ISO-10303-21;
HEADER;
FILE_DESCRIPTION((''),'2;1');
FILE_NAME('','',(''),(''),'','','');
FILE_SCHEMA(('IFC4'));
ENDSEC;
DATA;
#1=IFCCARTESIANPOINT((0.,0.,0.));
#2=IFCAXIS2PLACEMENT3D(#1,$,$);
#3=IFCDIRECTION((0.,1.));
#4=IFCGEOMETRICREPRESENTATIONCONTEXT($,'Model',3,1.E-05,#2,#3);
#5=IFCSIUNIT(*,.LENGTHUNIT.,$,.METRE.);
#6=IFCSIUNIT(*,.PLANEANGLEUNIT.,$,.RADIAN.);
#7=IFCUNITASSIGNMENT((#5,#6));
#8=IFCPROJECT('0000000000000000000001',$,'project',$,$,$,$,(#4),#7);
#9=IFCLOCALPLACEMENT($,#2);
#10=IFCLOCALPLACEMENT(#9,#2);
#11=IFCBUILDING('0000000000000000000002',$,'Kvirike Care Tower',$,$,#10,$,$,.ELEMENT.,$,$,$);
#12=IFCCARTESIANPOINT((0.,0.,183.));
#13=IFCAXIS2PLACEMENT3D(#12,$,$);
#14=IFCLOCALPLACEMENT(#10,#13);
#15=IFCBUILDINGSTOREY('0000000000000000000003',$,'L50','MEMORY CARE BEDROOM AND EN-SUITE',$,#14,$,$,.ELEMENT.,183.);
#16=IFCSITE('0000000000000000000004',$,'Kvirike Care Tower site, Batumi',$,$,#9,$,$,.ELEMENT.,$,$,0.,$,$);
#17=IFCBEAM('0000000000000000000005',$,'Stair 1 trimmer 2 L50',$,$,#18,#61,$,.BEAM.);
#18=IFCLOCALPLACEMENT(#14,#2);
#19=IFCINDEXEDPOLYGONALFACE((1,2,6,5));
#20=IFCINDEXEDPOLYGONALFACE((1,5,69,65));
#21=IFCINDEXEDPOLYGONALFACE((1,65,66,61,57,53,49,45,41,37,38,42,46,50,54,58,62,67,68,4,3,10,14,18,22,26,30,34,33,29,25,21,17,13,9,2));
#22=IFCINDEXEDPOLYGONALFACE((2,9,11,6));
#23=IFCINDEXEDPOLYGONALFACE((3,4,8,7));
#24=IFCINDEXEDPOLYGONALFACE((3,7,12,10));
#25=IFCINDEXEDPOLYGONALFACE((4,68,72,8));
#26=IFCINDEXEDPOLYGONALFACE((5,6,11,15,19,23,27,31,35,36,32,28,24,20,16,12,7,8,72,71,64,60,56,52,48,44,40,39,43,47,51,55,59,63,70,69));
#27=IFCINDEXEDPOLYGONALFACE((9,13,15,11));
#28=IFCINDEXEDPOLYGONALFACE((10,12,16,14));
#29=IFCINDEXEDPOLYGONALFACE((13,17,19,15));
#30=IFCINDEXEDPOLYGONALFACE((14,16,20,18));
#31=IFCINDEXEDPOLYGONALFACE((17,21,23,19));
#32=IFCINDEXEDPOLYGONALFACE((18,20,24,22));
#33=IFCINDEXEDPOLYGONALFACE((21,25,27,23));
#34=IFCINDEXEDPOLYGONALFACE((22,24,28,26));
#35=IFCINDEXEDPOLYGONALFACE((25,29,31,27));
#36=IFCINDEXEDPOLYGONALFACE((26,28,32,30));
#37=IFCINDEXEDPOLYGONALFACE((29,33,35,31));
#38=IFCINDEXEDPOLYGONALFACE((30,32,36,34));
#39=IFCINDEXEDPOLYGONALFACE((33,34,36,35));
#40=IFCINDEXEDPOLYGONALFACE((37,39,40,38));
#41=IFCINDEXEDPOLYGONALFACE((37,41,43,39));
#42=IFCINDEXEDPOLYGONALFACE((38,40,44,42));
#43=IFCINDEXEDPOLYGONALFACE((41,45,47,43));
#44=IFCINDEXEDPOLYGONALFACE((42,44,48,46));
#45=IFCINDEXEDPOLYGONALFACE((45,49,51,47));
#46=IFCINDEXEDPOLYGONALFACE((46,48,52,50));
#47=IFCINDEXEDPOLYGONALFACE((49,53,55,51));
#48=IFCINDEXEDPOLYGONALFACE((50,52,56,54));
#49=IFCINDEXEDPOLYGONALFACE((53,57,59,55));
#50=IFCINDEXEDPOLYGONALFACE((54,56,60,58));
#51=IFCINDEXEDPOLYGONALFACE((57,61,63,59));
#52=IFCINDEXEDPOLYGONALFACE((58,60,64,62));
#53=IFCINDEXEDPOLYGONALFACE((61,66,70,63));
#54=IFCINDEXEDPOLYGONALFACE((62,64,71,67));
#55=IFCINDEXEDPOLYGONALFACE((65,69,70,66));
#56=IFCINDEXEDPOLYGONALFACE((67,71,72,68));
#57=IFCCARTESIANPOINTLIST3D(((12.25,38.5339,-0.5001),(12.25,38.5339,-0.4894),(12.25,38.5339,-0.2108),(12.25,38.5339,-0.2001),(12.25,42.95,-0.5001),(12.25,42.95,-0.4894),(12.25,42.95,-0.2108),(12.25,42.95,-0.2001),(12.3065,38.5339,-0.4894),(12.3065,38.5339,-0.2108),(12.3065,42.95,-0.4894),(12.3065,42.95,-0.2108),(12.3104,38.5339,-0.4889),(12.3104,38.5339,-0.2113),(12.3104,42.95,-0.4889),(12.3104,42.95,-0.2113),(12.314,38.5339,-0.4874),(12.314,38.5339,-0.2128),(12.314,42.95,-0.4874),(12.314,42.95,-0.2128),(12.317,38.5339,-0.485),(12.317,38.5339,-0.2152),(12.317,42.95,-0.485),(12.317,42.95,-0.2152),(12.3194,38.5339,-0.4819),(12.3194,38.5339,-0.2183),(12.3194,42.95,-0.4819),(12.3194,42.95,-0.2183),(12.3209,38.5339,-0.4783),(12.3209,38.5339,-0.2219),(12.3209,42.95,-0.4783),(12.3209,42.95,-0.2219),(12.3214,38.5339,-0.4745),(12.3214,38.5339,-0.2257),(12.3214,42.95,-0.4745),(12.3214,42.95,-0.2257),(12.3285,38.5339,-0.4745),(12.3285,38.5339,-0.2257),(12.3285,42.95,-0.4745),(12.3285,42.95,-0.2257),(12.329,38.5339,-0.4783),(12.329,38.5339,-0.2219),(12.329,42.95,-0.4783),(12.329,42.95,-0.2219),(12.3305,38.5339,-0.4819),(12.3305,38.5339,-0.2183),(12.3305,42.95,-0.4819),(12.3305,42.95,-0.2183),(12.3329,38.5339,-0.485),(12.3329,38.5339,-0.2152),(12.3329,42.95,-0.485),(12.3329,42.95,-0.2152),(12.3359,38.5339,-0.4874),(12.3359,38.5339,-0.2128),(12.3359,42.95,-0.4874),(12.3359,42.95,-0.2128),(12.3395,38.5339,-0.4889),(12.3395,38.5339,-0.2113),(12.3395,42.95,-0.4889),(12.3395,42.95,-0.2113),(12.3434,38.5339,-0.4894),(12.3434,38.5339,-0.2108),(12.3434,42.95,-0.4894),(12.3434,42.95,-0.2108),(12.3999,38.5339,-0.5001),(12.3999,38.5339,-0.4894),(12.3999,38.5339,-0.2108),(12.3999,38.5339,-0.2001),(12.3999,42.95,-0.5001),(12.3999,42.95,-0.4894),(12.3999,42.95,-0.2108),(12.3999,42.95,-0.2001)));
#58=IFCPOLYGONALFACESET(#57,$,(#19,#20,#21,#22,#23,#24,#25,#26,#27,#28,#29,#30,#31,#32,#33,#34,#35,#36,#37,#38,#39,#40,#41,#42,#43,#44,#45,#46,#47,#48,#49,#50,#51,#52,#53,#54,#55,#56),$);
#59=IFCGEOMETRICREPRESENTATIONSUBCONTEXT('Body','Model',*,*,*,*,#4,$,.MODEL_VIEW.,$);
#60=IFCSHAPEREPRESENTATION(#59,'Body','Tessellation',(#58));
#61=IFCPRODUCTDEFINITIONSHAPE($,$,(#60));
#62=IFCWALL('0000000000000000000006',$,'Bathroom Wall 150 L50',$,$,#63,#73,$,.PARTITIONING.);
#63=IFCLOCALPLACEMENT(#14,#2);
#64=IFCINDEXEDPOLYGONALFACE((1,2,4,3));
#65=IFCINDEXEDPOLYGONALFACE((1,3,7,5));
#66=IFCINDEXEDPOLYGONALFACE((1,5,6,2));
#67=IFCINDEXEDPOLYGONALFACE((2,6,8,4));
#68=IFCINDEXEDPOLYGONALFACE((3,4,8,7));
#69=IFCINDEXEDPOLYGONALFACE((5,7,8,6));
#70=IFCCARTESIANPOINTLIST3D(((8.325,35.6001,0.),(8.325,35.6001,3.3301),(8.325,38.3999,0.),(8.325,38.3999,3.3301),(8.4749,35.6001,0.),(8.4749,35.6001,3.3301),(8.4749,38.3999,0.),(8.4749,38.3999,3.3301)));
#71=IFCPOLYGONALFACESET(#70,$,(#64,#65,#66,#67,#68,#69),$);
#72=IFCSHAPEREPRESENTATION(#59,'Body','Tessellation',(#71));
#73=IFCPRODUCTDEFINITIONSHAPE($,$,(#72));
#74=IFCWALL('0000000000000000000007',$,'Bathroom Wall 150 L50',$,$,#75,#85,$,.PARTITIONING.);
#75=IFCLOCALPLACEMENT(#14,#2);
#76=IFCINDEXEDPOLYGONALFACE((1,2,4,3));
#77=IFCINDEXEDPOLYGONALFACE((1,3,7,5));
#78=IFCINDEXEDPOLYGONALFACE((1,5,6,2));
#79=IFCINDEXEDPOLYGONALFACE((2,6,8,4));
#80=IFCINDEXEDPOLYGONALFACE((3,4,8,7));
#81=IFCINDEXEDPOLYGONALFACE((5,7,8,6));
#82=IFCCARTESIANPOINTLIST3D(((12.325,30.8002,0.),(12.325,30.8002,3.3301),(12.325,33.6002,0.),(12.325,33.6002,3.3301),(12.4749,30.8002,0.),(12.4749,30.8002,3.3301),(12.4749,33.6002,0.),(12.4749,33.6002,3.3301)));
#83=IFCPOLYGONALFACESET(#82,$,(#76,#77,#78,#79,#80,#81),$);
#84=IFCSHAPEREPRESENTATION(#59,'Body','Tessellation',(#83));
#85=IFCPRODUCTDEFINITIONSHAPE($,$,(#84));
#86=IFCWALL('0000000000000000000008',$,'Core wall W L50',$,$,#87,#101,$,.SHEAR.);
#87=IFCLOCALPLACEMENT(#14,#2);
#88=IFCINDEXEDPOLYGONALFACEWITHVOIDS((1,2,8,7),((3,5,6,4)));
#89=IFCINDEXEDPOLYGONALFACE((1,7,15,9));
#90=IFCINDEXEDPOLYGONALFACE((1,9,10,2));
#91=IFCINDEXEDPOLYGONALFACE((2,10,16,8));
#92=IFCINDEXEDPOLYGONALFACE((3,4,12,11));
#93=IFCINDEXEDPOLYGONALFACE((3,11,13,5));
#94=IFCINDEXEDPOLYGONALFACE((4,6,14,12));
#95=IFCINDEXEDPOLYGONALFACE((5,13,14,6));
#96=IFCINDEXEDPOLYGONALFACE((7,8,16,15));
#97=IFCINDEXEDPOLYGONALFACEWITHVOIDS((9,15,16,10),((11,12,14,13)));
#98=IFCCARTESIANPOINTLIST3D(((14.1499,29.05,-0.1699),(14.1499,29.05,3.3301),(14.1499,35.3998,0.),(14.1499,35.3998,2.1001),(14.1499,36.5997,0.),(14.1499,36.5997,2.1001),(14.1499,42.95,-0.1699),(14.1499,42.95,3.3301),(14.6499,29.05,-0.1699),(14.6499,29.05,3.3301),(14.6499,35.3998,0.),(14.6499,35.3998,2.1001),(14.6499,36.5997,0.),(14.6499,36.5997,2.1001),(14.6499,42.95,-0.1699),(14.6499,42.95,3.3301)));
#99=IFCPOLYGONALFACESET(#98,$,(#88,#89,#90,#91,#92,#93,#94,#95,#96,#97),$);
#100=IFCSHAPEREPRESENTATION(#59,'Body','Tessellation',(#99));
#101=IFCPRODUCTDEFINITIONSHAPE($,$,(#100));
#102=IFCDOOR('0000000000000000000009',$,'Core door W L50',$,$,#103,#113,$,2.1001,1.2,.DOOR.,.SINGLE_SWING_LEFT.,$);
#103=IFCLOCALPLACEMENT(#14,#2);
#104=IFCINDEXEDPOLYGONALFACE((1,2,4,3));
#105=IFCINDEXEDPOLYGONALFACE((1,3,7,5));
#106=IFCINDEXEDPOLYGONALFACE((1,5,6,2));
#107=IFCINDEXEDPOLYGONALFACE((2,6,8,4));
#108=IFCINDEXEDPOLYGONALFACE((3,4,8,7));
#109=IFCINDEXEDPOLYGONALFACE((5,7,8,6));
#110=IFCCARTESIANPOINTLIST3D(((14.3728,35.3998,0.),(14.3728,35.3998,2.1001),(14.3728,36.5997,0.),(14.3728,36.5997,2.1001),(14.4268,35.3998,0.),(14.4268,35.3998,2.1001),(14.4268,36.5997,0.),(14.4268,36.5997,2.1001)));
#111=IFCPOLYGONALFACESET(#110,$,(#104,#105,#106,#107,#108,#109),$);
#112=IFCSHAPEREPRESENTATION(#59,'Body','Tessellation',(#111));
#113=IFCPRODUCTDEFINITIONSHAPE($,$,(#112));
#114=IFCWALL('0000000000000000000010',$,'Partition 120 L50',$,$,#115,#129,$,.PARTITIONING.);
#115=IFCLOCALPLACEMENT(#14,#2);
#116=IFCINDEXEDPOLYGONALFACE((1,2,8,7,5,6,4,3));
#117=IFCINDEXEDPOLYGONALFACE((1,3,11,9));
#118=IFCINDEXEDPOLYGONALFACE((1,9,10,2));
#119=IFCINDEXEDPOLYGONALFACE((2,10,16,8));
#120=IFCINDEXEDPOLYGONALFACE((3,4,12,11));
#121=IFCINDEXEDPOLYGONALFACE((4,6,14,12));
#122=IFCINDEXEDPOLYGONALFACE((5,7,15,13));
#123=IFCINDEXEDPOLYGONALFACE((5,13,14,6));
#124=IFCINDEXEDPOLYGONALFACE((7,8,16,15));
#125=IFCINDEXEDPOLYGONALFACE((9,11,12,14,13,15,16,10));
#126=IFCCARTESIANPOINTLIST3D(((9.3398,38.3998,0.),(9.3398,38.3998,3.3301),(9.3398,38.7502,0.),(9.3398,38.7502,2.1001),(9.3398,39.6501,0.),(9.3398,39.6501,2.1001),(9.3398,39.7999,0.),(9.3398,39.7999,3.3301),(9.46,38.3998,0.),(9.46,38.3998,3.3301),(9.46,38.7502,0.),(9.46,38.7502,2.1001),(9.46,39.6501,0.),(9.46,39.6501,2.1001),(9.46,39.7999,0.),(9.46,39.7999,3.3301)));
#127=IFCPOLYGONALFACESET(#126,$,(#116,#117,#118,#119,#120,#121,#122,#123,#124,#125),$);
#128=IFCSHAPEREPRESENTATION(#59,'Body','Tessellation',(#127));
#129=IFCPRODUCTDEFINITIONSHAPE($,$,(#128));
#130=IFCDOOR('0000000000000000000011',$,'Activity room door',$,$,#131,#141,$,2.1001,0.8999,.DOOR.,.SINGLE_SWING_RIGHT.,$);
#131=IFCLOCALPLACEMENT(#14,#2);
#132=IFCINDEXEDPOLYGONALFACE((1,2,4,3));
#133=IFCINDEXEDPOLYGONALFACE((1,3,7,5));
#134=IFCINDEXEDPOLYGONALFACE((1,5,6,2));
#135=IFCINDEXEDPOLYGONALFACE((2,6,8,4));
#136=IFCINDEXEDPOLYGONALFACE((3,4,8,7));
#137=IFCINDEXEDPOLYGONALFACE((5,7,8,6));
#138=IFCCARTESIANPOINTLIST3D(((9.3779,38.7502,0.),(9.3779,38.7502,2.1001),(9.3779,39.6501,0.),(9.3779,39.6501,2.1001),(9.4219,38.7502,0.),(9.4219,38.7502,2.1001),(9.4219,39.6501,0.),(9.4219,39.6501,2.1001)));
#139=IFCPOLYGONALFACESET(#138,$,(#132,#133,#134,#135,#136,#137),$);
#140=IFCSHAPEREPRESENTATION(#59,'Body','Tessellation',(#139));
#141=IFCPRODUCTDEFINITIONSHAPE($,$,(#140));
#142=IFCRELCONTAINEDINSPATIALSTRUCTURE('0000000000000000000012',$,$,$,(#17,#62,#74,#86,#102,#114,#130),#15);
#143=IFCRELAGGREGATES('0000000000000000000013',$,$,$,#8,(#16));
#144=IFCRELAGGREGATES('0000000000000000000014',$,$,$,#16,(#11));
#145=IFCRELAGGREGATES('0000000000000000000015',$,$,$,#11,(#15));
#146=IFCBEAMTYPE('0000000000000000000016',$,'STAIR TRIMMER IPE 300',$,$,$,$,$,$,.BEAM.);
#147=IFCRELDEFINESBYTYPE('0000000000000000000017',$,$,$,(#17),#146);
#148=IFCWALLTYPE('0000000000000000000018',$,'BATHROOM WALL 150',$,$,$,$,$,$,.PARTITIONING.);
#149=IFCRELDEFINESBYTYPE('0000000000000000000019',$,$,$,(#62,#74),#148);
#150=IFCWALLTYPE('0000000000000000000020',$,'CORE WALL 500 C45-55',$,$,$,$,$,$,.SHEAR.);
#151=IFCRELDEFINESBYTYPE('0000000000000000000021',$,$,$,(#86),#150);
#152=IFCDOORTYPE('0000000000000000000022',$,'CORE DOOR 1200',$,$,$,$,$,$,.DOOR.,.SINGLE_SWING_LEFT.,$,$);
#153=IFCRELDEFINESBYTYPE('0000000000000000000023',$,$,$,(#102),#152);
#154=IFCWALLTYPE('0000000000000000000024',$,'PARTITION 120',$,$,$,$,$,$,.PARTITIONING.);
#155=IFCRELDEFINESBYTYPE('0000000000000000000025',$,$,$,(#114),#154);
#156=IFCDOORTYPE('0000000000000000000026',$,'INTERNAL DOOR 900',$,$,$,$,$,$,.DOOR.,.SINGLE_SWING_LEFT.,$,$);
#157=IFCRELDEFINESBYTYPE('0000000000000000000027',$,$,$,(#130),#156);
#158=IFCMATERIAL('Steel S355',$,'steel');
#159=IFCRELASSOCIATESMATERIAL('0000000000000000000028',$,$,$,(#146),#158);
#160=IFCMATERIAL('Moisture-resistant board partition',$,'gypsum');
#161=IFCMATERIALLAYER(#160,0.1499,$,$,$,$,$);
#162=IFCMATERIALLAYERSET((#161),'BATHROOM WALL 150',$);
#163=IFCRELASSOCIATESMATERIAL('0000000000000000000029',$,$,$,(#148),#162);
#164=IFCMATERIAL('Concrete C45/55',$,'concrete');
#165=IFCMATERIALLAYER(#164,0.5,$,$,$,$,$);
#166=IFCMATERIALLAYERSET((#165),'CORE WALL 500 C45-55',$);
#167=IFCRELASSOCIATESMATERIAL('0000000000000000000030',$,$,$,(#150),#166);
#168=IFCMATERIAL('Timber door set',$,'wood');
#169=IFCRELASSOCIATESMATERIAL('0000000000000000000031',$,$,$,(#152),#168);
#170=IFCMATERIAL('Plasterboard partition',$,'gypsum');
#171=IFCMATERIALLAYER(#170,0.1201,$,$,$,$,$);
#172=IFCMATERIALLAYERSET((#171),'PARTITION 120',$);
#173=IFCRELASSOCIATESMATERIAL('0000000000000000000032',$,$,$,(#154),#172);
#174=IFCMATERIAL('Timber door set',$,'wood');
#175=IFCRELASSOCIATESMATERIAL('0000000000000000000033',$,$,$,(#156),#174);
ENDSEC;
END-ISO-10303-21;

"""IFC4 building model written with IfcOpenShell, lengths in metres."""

from ifc_helpers import new_model, si_unit, direction, frame, frame_2d, origin, origin_2d, place, context, subcontext, project, spatial, rectangle, i_section, extrude, material, layer, layer_set, material_profile, profile_set, type_object, element, fill, save


model = new_model("IFC4")

# Units and contexts
model_context = context("Model", 3, precision=1e-05, world=origin(), true_north=direction((0.0, 1.0)))
body_context = subcontext(model_context, "Body", "Model", "MODEL_VIEW")
ifc_project = project(units=[si_unit("LENGTHUNIT", "METRE"), si_unit("PLANEANGLEUNIT", "RADIAN")], contexts=[model_context])

# Site, building, storey
site_placement = place(None, origin())
site = spatial("IfcSite", under=ifc_project, at=site_placement, Name="Kvirike Care Tower site, Batumi", CompositionType="ELEMENT", RefElevation=0.0)
building_placement = place(site_placement, origin())
building = spatial("IfcBuilding", under=site, at=building_placement, Name="Kvirike Care Tower", CompositionType="ELEMENT")
storey_placement = place(building_placement, frame((0.0, 0.0, 183.0)))
storey = spatial("IfcBuildingStorey", under=building, at=storey_placement, Name="L50", Description="MEMORY CARE BEDROOM AND EN-SUITE", CompositionType="ELEMENT", Elevation=183.0)

# Beam
ifc_material_1 = material(Name="Steel S355", Category="steel")
ifc_material_profile_1 = material_profile(ifc_material_1, i_section(OverallWidth=0.1499, OverallDepth=0.3, WebThickness=0.0071, FlangeThickness=0.0107, FilletRadius=0.0149, at=origin_2d()), Name="IPE 300")
ifc_profile_set_1 = profile_set([ifc_material_profile_1], Name="Steel S355")
beam_type_1 = type_object("IfcBeamType", Name="STAIR TRIMMER IPE 300", PredefinedType="BEAM", material=ifc_profile_set_1)
for number, where, z_axis, x_axis, name in (
    (1, (12.325, 42.95, -0.3501), (0.0, -1.0, 0.0), (1.0, 0.0, 0.0), "Stair 1 trimmer 2 L50"),
):
    element("IfcBeam", number, at=place(storey_placement, frame(where, z_axis=z_axis, x_axis=x_axis)), inside=storey, type_object=beam_type_1, Name=name, PredefinedType="BEAM", context=body_context, shape_type="SweptSolid", body=[
        extrude(i_section(OverallWidth=0.1499, OverallDepth=0.3, WebThickness=0.0071, FlangeThickness=0.0107, FilletRadius=0.0149, at=origin_2d()), origin(), (0.0, 0.0, 1.0), 4.416),
    ])

# Walls
ifc_material_2 = material(Name="Moisture-resistant board partition", Category="gypsum")
ifc_layer_1 = layer(ifc_material_2, 0.1499)
ifc_layer_set_1 = layer_set([ifc_layer_1], Name="BATHROOM WALL 150")
wall_type_1 = type_object("IfcWallType", Name="BATHROOM WALL 150", PredefinedType="PARTITIONING", material=ifc_layer_set_1)
wall_1_placement = place(storey_placement, frame((8.3999, 38.3999, 0.0), z_axis=(0.0, 0.0, 1.0), x_axis=(0.0, -1.0, 0.0)))
element("IfcWall", 2, at=wall_1_placement, inside=storey, type_object=wall_type_1, Name="Bathroom Wall 150 L50", PredefinedType="PARTITIONING", context=body_context, shape_type="SweptSolid", body=[
    extrude(rectangle(XDim=2.7998, YDim=0.1499, at=frame_2d((1.3999, 0.0))), origin(), (0.0, 0.0, 1.0), 3.3301),
])
wall_2_placement = place(storey_placement, frame((12.3999, 33.6001, 0.0), z_axis=(0.0, 0.0, 1.0), x_axis=(0.0, -1.0, 0.0)))
element("IfcWall", 3, at=wall_2_placement, inside=storey, type_object=wall_type_1, Name="Bathroom Wall 150 L50", PredefinedType="PARTITIONING", context=body_context, shape_type="SweptSolid", body=[
    extrude(rectangle(XDim=2.8, YDim=0.1499, at=frame_2d((1.3999, 0.0))), origin(), (0.0, 0.0, 1.0), 3.3301),
])

# Walls, openings, doors
ifc_material_3 = material(Name="Concrete C45/55", Category="concrete")
ifc_layer_2 = layer(ifc_material_3, 0.5)
ifc_layer_set_2 = layer_set([ifc_layer_2], Name="CORE WALL 500 C45-55")
wall_type_2 = type_object("IfcWallType", Name="CORE WALL 500 C45-55", PredefinedType="SHEAR", material=ifc_layer_set_2)
wall_3_placement = place(storey_placement, frame((14.3999, 42.95, -0.1699), z_axis=(0.0, 0.0, 1.0), x_axis=(0.0, -1.0, 0.0)))
wall_3 = element("IfcWall", 4, at=wall_3_placement, inside=storey, type_object=wall_type_2, Name="Core wall W L50", PredefinedType="SHEAR", context=body_context, shape_type="SweptSolid", body=[
    extrude(rectangle(XDim=13.8999, YDim=0.5, at=frame_2d((6.95, 0.0))), origin(), (0.0, 0.0, 1.0), 3.5),
])
opening_1_placement = place(wall_3_placement, frame((6.3501, 0.0, 0.1699)))
opening_1 = element("IfcOpeningElement", 5, at=opening_1_placement, cuts=wall_3, PredefinedType="OPENING", context=body_context, shape_type="SweptSolid", body=[
    extrude(rectangle(XDim=1.2, YDim=2.1001, at=frame_2d((0.6001, 1.05))), frame((0.0, 0.2605, 0.0), z_axis=(0.0, -1.0, 0.0), x_axis=(1.0, 0.0, 0.0)), (0.0, 0.0, 1.0), 0.521),
])
ifc_material_4 = material(Name="Timber door set", Category="wood")
door_type_1 = type_object("IfcDoorType", Name="CORE DOOR 1200", OperationType="SINGLE_SWING_LEFT", PredefinedType="DOOR", material=ifc_material_4)
door_1_placement = place(opening_1_placement, origin())
door_1 = element("IfcDoor", 6, at=door_1_placement, inside=storey, type_object=door_type_1, Name="Core door W L50", OperationType="SINGLE_SWING_LEFT", OverallHeight=2.1001, OverallWidth=1.2, PredefinedType="DOOR", context=body_context, shape_type="SweptSolid", body=[
    extrude(rectangle(XDim=1.2, YDim=2.1001, at=frame_2d((0.6001, 1.05))), frame((0.0, 0.0269, 0.0), z_axis=(0.0, -1.0, 0.0), x_axis=(1.0, 0.0, 0.0)), (0.0, 0.0, 1.0), 0.054),
])
fill(opening_1, door_1)
ifc_material_5 = material(Name="Plasterboard partition", Category="gypsum")
ifc_layer_3 = layer(ifc_material_5, 0.1201)
ifc_layer_set_3 = layer_set([ifc_layer_3], Name="PARTITION 120")
wall_type_3 = type_object("IfcWallType", Name="PARTITION 120", PredefinedType="PARTITIONING", material=ifc_layer_set_3)
wall_4_placement = place(storey_placement, frame((9.3999, 39.8, 0.0), z_axis=(0.0, 0.0, 1.0), x_axis=(0.0, -1.0, 0.0)))
wall_4 = element("IfcWall", 7, at=wall_4_placement, inside=storey, type_object=wall_type_3, Name="Partition 120 L50", PredefinedType="PARTITIONING", context=body_context, shape_type="SweptSolid", body=[
    extrude(rectangle(XDim=1.4001, YDim=0.1201, at=frame_2d((0.7002, 0.0))), origin(), (0.0, 0.0, 1.0), 3.3301),
])
opening_2_placement = place(wall_4_placement, frame((0.1499, 0.0, 0.0)))
opening_2 = element("IfcOpeningElement", 8, at=opening_2_placement, cuts=wall_4, PredefinedType="OPENING", context=body_context, shape_type="SweptSolid", body=[
    extrude(rectangle(XDim=0.8999, YDim=2.1001, at=frame_2d((0.45, 1.05))), frame((0.0, 0.0706, 0.0), z_axis=(0.0, -1.0, 0.0), x_axis=(1.0, 0.0, 0.0)), (0.0, 0.0, 1.0), 0.1411),
])
ifc_material_6 = material(Name="Timber door set", Category="wood")
door_type_2 = type_object("IfcDoorType", Name="INTERNAL DOOR 900", OperationType="SINGLE_SWING_LEFT", PredefinedType="DOOR", material=ifc_material_6)
door_2_placement = place(opening_2_placement, origin())
door_2 = element("IfcDoor", 9, at=door_2_placement, inside=storey, type_object=door_type_2, Name="Activity room door", OperationType="SINGLE_SWING_RIGHT", OverallHeight=2.1001, OverallWidth=0.8999, PredefinedType="DOOR", context=body_context, shape_type="SweptSolid", body=[
    extrude(rectangle(XDim=0.8999, YDim=2.1001, at=frame_2d((0.45, 1.05))), frame((0.0, 0.022, 0.0), z_axis=(0.0, -1.0, 0.0), x_axis=(1.0, 0.0, 0.0)), (0.0, 0.0, 1.0), 0.0439),
])
fill(opening_2, door_2)

save(model, "model.ifc")
